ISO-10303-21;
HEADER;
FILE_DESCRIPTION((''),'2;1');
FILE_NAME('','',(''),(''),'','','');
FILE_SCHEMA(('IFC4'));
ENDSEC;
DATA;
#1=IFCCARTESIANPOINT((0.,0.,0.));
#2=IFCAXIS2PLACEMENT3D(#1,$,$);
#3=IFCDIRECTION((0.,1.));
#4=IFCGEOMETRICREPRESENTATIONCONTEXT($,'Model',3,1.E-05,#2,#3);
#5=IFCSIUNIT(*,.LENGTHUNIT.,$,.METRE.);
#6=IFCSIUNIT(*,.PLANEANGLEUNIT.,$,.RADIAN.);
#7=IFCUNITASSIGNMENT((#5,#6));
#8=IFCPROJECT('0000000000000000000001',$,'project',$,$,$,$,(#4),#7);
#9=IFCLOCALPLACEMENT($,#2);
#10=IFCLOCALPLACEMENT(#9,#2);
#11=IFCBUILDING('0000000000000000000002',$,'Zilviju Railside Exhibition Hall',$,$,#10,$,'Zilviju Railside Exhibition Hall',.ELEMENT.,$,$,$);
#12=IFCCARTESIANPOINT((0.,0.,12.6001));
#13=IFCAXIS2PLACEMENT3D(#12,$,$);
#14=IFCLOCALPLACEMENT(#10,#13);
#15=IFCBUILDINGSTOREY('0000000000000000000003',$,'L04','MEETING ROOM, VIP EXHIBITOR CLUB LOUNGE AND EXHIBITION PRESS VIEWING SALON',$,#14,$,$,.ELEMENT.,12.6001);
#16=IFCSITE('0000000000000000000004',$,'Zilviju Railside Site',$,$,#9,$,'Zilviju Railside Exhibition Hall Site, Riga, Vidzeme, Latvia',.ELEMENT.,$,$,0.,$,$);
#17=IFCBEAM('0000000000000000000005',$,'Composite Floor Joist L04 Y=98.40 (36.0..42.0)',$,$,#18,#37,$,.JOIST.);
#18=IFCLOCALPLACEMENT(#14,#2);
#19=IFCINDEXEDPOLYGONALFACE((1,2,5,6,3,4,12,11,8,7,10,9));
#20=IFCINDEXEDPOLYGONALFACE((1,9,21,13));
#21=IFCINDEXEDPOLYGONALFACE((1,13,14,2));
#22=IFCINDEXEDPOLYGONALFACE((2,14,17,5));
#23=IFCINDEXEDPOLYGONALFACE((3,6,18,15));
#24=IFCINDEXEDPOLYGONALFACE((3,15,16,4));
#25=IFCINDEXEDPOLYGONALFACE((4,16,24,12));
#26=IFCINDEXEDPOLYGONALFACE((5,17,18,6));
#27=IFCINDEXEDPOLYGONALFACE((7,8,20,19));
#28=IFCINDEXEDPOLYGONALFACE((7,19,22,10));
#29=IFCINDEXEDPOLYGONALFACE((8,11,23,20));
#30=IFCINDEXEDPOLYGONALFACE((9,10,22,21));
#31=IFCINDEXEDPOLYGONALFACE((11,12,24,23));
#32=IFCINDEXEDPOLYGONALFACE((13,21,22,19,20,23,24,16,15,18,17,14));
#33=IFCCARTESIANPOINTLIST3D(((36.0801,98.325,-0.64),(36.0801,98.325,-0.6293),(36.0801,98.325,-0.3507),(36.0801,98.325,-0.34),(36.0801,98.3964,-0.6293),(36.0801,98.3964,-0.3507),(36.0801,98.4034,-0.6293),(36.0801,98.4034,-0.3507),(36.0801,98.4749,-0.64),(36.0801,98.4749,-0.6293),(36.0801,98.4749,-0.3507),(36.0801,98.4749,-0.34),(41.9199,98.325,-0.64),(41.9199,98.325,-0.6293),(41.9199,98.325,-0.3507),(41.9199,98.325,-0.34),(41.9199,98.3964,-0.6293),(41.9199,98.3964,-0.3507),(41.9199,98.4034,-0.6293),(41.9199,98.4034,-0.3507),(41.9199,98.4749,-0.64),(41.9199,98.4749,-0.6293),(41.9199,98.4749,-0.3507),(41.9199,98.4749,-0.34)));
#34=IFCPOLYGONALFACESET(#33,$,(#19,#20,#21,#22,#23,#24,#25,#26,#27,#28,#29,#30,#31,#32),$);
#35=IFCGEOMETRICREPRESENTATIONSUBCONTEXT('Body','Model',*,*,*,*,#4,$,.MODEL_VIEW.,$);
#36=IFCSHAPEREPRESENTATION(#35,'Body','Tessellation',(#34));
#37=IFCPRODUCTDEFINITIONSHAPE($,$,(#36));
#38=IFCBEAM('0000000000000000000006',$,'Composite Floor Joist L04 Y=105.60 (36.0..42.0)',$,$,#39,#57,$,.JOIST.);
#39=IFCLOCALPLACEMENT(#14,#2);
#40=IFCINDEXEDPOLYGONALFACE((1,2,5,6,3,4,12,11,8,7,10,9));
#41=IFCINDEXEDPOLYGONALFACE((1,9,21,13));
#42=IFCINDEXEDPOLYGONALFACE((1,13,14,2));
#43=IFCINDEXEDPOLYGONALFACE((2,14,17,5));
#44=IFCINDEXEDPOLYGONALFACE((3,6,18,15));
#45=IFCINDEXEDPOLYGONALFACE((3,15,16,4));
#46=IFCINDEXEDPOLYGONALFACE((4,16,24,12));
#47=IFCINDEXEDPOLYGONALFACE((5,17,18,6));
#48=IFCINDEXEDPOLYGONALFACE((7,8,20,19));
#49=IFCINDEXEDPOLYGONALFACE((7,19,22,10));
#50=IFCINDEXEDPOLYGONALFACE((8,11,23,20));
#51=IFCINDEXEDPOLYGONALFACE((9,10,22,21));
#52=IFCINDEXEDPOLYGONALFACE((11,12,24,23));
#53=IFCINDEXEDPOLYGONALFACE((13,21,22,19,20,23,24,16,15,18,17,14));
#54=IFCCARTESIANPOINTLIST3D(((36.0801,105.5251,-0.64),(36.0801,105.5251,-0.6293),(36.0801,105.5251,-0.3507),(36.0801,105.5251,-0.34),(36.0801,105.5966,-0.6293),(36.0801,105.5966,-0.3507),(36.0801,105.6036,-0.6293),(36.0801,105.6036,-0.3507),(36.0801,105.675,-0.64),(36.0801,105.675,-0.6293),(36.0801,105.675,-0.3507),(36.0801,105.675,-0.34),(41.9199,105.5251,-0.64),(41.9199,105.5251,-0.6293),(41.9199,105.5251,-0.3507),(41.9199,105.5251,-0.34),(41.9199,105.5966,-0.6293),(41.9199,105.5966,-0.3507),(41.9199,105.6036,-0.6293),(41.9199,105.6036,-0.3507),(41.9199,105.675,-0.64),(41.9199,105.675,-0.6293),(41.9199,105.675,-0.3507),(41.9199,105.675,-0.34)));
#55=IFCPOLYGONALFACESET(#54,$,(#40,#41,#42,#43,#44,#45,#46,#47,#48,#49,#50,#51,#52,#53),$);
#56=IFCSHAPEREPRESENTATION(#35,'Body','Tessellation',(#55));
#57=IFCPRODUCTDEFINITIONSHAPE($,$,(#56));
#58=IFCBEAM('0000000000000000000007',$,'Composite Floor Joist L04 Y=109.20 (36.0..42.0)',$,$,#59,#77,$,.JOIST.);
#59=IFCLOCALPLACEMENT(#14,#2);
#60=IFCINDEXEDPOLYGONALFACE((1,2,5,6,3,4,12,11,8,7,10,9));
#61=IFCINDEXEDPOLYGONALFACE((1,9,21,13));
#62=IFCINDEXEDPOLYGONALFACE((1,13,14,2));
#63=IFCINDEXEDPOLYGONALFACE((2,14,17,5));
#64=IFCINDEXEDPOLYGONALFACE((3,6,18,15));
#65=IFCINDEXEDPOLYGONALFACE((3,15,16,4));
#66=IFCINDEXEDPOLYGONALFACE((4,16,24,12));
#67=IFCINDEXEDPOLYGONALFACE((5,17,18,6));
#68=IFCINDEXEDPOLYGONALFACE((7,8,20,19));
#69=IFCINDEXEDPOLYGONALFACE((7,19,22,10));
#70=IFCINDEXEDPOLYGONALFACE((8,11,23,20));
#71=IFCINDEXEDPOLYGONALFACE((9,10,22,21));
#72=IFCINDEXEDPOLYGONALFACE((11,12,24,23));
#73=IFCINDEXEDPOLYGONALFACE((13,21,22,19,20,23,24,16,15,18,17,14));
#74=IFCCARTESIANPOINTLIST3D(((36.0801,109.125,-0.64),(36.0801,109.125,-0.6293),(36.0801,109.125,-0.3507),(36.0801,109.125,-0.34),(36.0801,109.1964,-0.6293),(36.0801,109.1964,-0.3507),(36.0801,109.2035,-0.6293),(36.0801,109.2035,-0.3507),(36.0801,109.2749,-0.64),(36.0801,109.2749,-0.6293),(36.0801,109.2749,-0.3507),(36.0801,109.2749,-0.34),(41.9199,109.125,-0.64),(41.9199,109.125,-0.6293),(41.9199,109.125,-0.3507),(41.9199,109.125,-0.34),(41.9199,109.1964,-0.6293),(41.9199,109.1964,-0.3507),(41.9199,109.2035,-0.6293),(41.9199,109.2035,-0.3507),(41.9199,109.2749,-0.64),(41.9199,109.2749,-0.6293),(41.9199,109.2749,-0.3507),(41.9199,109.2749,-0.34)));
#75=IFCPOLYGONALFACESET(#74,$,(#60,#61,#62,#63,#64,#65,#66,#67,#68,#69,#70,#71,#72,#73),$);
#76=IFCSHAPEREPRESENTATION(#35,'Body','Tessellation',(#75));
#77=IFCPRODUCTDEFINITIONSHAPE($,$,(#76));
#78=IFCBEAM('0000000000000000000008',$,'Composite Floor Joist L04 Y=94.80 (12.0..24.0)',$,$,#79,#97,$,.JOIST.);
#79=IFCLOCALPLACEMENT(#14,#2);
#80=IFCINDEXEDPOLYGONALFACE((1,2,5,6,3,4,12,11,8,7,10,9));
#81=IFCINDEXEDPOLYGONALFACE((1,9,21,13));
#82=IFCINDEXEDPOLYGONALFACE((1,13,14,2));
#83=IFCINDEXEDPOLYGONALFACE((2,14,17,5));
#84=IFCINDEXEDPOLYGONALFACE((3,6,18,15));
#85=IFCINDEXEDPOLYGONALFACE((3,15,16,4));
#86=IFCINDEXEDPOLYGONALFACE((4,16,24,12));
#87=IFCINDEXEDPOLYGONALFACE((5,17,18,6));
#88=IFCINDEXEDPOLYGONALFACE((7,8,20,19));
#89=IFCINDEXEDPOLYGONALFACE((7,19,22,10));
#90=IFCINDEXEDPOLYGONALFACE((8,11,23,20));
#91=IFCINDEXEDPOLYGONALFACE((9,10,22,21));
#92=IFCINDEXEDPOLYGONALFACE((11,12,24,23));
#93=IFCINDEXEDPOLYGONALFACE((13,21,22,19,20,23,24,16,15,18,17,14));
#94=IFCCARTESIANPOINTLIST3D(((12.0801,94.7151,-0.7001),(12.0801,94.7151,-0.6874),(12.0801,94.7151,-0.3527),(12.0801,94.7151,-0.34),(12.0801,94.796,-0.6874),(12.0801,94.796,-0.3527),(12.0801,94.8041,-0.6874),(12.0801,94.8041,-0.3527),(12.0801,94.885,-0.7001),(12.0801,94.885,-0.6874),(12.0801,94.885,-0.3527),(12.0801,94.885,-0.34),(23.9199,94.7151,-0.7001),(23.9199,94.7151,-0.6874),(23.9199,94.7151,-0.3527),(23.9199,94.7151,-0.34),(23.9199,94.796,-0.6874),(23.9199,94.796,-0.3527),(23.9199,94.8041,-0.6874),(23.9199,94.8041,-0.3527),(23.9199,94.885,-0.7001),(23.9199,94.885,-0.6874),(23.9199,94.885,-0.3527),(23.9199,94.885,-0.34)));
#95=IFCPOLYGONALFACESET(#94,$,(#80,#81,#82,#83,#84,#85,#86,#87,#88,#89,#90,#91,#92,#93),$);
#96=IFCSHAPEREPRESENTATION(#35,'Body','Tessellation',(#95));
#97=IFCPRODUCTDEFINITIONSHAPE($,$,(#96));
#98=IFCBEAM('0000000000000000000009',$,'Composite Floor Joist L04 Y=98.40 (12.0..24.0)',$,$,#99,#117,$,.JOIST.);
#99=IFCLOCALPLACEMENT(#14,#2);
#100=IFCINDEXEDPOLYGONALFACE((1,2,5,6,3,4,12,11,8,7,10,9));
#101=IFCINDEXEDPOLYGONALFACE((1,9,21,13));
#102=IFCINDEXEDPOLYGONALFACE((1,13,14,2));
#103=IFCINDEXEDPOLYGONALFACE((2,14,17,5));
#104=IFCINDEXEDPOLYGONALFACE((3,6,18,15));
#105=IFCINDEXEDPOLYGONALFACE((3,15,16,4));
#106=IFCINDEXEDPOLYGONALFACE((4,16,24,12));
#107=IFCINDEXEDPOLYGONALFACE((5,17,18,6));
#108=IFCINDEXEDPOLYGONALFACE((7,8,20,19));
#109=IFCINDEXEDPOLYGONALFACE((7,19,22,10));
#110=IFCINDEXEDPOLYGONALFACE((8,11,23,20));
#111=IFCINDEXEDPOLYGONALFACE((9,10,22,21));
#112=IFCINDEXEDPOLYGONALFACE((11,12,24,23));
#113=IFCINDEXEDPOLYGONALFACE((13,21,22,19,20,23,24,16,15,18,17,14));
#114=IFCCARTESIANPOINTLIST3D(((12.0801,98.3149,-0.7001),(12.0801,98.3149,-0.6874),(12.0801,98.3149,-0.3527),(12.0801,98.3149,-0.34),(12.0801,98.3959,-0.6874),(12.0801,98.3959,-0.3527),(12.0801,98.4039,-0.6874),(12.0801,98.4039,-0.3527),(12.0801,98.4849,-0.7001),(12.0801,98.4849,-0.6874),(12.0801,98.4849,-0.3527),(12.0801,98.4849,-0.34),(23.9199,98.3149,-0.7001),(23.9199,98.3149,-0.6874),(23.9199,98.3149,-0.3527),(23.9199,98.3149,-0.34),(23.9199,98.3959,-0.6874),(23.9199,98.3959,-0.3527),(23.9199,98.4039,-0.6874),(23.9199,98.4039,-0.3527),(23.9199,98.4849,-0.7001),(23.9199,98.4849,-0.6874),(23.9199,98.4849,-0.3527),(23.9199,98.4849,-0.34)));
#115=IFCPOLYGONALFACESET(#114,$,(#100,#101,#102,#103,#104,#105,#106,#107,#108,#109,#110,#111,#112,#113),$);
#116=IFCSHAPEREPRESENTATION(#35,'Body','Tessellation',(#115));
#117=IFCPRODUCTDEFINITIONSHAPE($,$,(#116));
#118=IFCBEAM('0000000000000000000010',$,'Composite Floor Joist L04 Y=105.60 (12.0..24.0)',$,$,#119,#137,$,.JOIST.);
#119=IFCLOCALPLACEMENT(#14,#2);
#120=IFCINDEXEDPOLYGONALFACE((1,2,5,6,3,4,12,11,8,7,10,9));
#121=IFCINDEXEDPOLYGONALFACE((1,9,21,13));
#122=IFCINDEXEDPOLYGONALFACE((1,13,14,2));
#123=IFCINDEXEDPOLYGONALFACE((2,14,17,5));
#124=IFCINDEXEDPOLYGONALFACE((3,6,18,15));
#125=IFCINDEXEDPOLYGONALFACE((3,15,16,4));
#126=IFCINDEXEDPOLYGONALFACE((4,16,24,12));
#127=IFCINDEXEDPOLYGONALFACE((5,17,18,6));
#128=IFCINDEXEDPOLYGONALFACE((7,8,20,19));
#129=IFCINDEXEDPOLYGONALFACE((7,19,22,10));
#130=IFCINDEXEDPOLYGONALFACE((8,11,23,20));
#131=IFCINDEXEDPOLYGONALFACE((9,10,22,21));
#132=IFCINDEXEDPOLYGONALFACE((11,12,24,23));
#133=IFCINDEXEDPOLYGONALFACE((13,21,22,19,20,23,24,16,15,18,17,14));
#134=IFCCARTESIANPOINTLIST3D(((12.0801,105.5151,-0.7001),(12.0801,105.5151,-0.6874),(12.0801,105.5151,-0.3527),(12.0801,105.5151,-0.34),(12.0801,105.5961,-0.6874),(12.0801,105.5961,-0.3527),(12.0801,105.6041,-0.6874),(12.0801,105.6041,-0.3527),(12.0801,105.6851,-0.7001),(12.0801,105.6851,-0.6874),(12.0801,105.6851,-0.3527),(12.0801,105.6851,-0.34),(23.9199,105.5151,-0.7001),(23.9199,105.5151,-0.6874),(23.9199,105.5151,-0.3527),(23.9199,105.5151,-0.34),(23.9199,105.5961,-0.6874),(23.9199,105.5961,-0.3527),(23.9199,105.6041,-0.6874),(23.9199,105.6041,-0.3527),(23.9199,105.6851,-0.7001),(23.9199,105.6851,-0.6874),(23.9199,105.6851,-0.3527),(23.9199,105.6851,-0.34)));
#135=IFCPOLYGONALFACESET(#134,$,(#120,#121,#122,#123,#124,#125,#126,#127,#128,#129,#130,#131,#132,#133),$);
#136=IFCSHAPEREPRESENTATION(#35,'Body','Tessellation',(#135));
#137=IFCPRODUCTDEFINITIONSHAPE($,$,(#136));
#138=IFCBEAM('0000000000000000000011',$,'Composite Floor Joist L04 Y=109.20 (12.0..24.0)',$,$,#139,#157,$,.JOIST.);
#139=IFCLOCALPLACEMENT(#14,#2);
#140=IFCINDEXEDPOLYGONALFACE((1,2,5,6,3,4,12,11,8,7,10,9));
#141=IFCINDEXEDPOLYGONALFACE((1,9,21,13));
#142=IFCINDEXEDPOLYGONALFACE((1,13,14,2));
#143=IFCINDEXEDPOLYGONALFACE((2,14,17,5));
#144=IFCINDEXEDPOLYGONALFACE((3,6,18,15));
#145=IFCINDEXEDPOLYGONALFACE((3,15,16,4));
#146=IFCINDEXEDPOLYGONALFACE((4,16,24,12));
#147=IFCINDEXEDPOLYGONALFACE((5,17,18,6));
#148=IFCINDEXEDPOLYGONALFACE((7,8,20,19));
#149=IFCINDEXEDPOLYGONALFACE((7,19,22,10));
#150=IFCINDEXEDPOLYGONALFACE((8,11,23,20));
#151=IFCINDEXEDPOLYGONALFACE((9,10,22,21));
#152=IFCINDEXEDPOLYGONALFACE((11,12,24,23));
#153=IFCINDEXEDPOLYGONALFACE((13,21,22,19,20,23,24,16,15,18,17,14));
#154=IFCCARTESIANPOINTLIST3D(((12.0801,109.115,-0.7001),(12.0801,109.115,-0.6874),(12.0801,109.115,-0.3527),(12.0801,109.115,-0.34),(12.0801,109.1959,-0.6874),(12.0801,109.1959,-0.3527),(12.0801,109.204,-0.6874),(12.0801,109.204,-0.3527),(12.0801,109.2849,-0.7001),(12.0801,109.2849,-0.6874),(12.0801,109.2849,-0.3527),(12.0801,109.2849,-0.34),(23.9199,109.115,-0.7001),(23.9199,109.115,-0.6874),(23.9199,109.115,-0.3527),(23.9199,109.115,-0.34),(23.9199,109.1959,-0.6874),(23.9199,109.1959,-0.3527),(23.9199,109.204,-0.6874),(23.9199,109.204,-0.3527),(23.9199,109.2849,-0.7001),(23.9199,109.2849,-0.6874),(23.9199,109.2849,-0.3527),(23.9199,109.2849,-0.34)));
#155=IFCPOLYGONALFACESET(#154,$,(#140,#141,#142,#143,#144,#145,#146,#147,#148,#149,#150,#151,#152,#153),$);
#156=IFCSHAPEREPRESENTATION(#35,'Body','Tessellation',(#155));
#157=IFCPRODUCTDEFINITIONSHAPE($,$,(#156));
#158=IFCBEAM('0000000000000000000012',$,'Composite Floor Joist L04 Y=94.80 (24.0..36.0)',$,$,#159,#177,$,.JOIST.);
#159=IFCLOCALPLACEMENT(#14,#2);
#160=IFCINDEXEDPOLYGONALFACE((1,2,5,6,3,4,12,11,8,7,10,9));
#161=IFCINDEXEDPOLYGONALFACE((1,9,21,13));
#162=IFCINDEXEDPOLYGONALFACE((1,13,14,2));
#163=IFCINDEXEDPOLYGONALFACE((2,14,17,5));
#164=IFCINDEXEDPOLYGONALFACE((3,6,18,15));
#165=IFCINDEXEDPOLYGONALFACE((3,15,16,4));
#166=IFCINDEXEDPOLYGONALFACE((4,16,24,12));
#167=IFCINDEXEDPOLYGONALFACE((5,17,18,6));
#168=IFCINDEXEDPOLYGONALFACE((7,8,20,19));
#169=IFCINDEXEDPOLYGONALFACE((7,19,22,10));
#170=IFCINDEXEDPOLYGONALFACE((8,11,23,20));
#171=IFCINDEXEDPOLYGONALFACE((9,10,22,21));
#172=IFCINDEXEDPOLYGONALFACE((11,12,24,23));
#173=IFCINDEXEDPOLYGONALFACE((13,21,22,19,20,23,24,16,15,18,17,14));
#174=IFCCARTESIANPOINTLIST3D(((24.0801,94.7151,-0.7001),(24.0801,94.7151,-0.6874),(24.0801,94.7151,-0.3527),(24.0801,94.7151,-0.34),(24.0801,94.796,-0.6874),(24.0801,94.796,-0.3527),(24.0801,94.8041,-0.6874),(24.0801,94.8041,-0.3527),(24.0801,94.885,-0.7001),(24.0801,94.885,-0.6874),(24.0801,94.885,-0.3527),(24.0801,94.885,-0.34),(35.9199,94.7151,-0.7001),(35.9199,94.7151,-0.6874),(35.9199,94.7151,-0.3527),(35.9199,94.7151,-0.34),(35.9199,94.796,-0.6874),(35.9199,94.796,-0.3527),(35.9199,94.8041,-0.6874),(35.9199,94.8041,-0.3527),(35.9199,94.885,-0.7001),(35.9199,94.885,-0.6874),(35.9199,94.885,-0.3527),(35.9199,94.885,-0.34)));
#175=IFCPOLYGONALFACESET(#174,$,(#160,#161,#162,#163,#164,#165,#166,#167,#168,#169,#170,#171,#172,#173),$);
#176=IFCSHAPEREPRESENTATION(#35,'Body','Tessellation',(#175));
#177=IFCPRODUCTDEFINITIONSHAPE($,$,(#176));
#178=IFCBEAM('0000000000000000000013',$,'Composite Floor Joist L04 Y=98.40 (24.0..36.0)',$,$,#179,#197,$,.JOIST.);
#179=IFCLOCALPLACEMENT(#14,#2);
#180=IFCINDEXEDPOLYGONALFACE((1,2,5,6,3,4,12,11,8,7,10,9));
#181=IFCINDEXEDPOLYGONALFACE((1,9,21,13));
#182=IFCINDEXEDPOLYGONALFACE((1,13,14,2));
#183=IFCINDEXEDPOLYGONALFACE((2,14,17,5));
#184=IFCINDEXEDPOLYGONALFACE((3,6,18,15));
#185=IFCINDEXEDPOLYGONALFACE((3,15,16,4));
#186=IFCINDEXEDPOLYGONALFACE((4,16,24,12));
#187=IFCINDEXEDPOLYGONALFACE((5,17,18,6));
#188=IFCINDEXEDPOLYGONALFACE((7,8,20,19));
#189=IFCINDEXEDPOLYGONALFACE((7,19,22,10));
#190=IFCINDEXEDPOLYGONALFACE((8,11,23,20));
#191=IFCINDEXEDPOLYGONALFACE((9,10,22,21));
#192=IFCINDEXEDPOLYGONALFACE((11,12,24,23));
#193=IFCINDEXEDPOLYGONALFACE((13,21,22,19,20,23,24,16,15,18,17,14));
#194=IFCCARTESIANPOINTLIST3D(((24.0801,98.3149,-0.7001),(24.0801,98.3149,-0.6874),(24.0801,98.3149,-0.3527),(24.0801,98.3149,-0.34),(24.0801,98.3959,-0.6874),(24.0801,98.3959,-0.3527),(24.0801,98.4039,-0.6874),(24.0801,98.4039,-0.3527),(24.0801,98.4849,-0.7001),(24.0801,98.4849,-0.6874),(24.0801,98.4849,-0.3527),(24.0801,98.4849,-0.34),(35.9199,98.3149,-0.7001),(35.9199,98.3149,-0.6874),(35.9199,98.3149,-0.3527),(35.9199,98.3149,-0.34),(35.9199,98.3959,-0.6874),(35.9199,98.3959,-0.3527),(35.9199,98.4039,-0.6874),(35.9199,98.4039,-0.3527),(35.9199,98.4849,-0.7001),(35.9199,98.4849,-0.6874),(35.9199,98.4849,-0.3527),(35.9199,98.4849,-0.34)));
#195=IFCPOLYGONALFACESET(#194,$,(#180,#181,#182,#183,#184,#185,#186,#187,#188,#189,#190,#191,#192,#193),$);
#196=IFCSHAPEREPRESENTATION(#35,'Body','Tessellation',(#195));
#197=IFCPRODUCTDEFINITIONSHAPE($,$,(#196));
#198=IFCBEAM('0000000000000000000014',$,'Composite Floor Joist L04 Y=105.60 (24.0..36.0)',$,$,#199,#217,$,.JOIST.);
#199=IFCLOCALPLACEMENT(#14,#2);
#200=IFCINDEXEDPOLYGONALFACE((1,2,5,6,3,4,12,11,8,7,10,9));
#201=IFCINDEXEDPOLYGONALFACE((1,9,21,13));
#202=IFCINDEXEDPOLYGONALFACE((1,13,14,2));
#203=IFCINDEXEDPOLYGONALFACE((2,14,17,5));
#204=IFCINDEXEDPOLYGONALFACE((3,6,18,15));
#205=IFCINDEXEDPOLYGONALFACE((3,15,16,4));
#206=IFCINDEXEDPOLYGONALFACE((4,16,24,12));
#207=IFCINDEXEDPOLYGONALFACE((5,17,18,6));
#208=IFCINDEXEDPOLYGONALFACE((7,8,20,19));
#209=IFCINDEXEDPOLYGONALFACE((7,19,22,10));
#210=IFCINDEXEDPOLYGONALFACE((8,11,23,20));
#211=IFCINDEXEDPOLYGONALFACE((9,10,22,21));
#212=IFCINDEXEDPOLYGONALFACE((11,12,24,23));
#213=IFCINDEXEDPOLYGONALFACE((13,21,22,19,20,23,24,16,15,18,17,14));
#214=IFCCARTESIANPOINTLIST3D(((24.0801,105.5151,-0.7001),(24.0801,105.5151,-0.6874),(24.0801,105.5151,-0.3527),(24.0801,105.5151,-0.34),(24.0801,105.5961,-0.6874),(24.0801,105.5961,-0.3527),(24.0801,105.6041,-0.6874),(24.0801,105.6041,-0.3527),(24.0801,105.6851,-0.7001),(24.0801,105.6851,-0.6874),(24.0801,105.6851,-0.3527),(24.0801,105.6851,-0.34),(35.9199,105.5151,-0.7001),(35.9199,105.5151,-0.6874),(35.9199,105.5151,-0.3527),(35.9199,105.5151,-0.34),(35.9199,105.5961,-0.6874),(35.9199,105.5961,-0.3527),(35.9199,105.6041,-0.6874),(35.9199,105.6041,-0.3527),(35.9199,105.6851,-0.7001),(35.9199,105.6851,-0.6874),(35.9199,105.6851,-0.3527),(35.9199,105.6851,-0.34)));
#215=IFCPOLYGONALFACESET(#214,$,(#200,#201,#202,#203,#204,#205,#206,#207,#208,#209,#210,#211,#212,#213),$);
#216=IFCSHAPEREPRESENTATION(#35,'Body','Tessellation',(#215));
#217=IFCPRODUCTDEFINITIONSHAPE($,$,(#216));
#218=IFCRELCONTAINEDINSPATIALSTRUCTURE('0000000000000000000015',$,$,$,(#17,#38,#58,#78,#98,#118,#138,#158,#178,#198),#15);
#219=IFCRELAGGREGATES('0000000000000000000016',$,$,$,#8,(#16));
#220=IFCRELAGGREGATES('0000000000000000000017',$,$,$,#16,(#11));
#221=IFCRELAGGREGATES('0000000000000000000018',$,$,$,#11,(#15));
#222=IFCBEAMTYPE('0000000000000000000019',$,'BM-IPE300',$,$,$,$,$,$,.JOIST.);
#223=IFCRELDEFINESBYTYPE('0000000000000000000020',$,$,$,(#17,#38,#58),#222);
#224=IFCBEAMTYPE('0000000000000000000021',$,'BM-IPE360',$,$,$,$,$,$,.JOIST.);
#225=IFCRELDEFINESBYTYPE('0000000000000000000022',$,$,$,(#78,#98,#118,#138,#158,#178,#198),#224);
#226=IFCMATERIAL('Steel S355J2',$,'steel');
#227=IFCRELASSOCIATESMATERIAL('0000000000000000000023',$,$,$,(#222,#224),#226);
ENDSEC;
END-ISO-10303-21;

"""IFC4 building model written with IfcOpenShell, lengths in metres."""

from ifc_helpers import new_model, si_unit, direction, frame, origin, origin_2d, place, context, subcontext, project, spatial, i_section, extrude, material, material_profile, profile_set, type_object, element, save


model = new_model("IFC4")

# Units and contexts
model_context = context("Model", 3, precision=1e-05, world=origin(), true_north=direction((0.0, 1.0)))
body_context = subcontext(model_context, "Body", "Model", "MODEL_VIEW")
ifc_project = project(units=[si_unit("LENGTHUNIT", "METRE"), si_unit("PLANEANGLEUNIT", "RADIAN")], contexts=[model_context])

# Site, building, storey
site_placement = place(None, origin())
site = spatial("IfcSite", under=ifc_project, at=site_placement, Name="Zilviju Railside Site", LongName="Zilviju Railside Exhibition Hall Site, Riga, Vidzeme, Latvia", CompositionType="ELEMENT", RefElevation=0.0)
building_placement = place(site_placement, origin())
building = spatial("IfcBuilding", under=site, at=building_placement, Name="Zilviju Railside Exhibition Hall", LongName="Zilviju Railside Exhibition Hall", CompositionType="ELEMENT")
storey_placement = place(building_placement, frame((0.0, 0.0, 12.6001)))
storey = spatial("IfcBuildingStorey", under=building, at=storey_placement, Name="L04", Description="MEETING ROOM, VIP EXHIBITOR CLUB LOUNGE AND EXHIBITION PRESS VIEWING SALON", CompositionType="ELEMENT", Elevation=12.6001)

# Beams
ifc_material_1 = material(Name="Steel S355J2", Category="steel")
ifc_material_profile_1 = material_profile(ifc_material_1, i_section(OverallWidth=0.1499, OverallDepth=0.3, WebThickness=0.0071, FlangeThickness=0.0107, at=origin_2d()), Name="IPE 300")
ifc_profile_set_1 = profile_set([ifc_material_profile_1], Name="Steel S355J2")
beam_type_1 = type_object("IfcBeamType", Name="BM-IPE300", PredefinedType="JOIST", material=ifc_profile_set_1)
for number, where, z_axis, x_axis, name in (
    (1, (36.0801, 98.3999, -0.49), (1.0, 0.0, 0.0), (0.0, 1.0, 0.0), "Composite Floor Joist L04 Y=98.40 (36.0..42.0)"),
    (2, (36.0801, 105.6001, -0.49), (1.0, 0.0, 0.0), (0.0, 1.0, 0.0), "Composite Floor Joist L04 Y=105.60 (36.0..42.0)"),
    (3, (36.0801, 109.2, -0.49), (1.0, 0.0, 0.0), (0.0, 1.0, 0.0), "Composite Floor Joist L04 Y=109.20 (36.0..42.0)"),
):
    element("IfcBeam", number, at=place(storey_placement, frame(where, z_axis=z_axis, x_axis=x_axis)), inside=storey, type_object=beam_type_1, Name=name, PredefinedType="JOIST", context=body_context, shape_type="SweptSolid", body=[
        extrude(i_section(OverallWidth=0.1499, OverallDepth=0.3, WebThickness=0.0071, FlangeThickness=0.0107, at=origin_2d()), origin(), (0.0, 0.0, 1.0), 5.8398),
    ])
ifc_material_profile_2 = material_profile(ifc_material_1, i_section(OverallWidth=0.1699, OverallDepth=0.3601, WebThickness=0.0081, FlangeThickness=0.0127, at=origin_2d()), Name="IPE 360")
ifc_profile_set_2 = profile_set([ifc_material_profile_2], Name="Steel S355J2")
beam_type_2 = type_object("IfcBeamType", Name="BM-IPE360", PredefinedType="JOIST", material=ifc_profile_set_2)
for number, where, z_axis, x_axis, name in (
    (4, (12.0801, 94.8, -0.52), (1.0, 0.0, 0.0), (0.0, 1.0, 0.0), "Composite Floor Joist L04 Y=94.80 (12.0..24.0)"),
    (5, (12.0801, 98.3999, -0.52), (1.0, 0.0, 0.0), (0.0, 1.0, 0.0), "Composite Floor Joist L04 Y=98.40 (12.0..24.0)"),
    (6, (12.0801, 105.6001, -0.52), (1.0, 0.0, 0.0), (0.0, 1.0, 0.0), "Composite Floor Joist L04 Y=105.60 (12.0..24.0)"),
    (7, (12.0801, 109.2, -0.52), (1.0, 0.0, 0.0), (0.0, 1.0, 0.0), "Composite Floor Joist L04 Y=109.20 (12.0..24.0)"),
    (8, (24.0801, 94.8, -0.52), (1.0, 0.0, 0.0), (0.0, 1.0, 0.0), "Composite Floor Joist L04 Y=94.80 (24.0..36.0)"),
    (9, (24.0801, 98.3999, -0.52), (1.0, 0.0, 0.0), (0.0, 1.0, 0.0), "Composite Floor Joist L04 Y=98.40 (24.0..36.0)"),
    (10, (24.0801, 105.6001, -0.52), (1.0, 0.0, 0.0), (0.0, 1.0, 0.0), "Composite Floor Joist L04 Y=105.60 (24.0..36.0)"),
):
    element("IfcBeam", number, at=place(storey_placement, frame(where, z_axis=z_axis, x_axis=x_axis)), inside=storey, type_object=beam_type_2, Name=name, PredefinedType="JOIST", context=body_context, shape_type="SweptSolid", body=[
        extrude(i_section(OverallWidth=0.1699, OverallDepth=0.3601, WebThickness=0.0081, FlangeThickness=0.0127, at=origin_2d()), origin(), (0.0, 0.0, 1.0), 11.8398),
    ])

save(model, "model.ifc")
